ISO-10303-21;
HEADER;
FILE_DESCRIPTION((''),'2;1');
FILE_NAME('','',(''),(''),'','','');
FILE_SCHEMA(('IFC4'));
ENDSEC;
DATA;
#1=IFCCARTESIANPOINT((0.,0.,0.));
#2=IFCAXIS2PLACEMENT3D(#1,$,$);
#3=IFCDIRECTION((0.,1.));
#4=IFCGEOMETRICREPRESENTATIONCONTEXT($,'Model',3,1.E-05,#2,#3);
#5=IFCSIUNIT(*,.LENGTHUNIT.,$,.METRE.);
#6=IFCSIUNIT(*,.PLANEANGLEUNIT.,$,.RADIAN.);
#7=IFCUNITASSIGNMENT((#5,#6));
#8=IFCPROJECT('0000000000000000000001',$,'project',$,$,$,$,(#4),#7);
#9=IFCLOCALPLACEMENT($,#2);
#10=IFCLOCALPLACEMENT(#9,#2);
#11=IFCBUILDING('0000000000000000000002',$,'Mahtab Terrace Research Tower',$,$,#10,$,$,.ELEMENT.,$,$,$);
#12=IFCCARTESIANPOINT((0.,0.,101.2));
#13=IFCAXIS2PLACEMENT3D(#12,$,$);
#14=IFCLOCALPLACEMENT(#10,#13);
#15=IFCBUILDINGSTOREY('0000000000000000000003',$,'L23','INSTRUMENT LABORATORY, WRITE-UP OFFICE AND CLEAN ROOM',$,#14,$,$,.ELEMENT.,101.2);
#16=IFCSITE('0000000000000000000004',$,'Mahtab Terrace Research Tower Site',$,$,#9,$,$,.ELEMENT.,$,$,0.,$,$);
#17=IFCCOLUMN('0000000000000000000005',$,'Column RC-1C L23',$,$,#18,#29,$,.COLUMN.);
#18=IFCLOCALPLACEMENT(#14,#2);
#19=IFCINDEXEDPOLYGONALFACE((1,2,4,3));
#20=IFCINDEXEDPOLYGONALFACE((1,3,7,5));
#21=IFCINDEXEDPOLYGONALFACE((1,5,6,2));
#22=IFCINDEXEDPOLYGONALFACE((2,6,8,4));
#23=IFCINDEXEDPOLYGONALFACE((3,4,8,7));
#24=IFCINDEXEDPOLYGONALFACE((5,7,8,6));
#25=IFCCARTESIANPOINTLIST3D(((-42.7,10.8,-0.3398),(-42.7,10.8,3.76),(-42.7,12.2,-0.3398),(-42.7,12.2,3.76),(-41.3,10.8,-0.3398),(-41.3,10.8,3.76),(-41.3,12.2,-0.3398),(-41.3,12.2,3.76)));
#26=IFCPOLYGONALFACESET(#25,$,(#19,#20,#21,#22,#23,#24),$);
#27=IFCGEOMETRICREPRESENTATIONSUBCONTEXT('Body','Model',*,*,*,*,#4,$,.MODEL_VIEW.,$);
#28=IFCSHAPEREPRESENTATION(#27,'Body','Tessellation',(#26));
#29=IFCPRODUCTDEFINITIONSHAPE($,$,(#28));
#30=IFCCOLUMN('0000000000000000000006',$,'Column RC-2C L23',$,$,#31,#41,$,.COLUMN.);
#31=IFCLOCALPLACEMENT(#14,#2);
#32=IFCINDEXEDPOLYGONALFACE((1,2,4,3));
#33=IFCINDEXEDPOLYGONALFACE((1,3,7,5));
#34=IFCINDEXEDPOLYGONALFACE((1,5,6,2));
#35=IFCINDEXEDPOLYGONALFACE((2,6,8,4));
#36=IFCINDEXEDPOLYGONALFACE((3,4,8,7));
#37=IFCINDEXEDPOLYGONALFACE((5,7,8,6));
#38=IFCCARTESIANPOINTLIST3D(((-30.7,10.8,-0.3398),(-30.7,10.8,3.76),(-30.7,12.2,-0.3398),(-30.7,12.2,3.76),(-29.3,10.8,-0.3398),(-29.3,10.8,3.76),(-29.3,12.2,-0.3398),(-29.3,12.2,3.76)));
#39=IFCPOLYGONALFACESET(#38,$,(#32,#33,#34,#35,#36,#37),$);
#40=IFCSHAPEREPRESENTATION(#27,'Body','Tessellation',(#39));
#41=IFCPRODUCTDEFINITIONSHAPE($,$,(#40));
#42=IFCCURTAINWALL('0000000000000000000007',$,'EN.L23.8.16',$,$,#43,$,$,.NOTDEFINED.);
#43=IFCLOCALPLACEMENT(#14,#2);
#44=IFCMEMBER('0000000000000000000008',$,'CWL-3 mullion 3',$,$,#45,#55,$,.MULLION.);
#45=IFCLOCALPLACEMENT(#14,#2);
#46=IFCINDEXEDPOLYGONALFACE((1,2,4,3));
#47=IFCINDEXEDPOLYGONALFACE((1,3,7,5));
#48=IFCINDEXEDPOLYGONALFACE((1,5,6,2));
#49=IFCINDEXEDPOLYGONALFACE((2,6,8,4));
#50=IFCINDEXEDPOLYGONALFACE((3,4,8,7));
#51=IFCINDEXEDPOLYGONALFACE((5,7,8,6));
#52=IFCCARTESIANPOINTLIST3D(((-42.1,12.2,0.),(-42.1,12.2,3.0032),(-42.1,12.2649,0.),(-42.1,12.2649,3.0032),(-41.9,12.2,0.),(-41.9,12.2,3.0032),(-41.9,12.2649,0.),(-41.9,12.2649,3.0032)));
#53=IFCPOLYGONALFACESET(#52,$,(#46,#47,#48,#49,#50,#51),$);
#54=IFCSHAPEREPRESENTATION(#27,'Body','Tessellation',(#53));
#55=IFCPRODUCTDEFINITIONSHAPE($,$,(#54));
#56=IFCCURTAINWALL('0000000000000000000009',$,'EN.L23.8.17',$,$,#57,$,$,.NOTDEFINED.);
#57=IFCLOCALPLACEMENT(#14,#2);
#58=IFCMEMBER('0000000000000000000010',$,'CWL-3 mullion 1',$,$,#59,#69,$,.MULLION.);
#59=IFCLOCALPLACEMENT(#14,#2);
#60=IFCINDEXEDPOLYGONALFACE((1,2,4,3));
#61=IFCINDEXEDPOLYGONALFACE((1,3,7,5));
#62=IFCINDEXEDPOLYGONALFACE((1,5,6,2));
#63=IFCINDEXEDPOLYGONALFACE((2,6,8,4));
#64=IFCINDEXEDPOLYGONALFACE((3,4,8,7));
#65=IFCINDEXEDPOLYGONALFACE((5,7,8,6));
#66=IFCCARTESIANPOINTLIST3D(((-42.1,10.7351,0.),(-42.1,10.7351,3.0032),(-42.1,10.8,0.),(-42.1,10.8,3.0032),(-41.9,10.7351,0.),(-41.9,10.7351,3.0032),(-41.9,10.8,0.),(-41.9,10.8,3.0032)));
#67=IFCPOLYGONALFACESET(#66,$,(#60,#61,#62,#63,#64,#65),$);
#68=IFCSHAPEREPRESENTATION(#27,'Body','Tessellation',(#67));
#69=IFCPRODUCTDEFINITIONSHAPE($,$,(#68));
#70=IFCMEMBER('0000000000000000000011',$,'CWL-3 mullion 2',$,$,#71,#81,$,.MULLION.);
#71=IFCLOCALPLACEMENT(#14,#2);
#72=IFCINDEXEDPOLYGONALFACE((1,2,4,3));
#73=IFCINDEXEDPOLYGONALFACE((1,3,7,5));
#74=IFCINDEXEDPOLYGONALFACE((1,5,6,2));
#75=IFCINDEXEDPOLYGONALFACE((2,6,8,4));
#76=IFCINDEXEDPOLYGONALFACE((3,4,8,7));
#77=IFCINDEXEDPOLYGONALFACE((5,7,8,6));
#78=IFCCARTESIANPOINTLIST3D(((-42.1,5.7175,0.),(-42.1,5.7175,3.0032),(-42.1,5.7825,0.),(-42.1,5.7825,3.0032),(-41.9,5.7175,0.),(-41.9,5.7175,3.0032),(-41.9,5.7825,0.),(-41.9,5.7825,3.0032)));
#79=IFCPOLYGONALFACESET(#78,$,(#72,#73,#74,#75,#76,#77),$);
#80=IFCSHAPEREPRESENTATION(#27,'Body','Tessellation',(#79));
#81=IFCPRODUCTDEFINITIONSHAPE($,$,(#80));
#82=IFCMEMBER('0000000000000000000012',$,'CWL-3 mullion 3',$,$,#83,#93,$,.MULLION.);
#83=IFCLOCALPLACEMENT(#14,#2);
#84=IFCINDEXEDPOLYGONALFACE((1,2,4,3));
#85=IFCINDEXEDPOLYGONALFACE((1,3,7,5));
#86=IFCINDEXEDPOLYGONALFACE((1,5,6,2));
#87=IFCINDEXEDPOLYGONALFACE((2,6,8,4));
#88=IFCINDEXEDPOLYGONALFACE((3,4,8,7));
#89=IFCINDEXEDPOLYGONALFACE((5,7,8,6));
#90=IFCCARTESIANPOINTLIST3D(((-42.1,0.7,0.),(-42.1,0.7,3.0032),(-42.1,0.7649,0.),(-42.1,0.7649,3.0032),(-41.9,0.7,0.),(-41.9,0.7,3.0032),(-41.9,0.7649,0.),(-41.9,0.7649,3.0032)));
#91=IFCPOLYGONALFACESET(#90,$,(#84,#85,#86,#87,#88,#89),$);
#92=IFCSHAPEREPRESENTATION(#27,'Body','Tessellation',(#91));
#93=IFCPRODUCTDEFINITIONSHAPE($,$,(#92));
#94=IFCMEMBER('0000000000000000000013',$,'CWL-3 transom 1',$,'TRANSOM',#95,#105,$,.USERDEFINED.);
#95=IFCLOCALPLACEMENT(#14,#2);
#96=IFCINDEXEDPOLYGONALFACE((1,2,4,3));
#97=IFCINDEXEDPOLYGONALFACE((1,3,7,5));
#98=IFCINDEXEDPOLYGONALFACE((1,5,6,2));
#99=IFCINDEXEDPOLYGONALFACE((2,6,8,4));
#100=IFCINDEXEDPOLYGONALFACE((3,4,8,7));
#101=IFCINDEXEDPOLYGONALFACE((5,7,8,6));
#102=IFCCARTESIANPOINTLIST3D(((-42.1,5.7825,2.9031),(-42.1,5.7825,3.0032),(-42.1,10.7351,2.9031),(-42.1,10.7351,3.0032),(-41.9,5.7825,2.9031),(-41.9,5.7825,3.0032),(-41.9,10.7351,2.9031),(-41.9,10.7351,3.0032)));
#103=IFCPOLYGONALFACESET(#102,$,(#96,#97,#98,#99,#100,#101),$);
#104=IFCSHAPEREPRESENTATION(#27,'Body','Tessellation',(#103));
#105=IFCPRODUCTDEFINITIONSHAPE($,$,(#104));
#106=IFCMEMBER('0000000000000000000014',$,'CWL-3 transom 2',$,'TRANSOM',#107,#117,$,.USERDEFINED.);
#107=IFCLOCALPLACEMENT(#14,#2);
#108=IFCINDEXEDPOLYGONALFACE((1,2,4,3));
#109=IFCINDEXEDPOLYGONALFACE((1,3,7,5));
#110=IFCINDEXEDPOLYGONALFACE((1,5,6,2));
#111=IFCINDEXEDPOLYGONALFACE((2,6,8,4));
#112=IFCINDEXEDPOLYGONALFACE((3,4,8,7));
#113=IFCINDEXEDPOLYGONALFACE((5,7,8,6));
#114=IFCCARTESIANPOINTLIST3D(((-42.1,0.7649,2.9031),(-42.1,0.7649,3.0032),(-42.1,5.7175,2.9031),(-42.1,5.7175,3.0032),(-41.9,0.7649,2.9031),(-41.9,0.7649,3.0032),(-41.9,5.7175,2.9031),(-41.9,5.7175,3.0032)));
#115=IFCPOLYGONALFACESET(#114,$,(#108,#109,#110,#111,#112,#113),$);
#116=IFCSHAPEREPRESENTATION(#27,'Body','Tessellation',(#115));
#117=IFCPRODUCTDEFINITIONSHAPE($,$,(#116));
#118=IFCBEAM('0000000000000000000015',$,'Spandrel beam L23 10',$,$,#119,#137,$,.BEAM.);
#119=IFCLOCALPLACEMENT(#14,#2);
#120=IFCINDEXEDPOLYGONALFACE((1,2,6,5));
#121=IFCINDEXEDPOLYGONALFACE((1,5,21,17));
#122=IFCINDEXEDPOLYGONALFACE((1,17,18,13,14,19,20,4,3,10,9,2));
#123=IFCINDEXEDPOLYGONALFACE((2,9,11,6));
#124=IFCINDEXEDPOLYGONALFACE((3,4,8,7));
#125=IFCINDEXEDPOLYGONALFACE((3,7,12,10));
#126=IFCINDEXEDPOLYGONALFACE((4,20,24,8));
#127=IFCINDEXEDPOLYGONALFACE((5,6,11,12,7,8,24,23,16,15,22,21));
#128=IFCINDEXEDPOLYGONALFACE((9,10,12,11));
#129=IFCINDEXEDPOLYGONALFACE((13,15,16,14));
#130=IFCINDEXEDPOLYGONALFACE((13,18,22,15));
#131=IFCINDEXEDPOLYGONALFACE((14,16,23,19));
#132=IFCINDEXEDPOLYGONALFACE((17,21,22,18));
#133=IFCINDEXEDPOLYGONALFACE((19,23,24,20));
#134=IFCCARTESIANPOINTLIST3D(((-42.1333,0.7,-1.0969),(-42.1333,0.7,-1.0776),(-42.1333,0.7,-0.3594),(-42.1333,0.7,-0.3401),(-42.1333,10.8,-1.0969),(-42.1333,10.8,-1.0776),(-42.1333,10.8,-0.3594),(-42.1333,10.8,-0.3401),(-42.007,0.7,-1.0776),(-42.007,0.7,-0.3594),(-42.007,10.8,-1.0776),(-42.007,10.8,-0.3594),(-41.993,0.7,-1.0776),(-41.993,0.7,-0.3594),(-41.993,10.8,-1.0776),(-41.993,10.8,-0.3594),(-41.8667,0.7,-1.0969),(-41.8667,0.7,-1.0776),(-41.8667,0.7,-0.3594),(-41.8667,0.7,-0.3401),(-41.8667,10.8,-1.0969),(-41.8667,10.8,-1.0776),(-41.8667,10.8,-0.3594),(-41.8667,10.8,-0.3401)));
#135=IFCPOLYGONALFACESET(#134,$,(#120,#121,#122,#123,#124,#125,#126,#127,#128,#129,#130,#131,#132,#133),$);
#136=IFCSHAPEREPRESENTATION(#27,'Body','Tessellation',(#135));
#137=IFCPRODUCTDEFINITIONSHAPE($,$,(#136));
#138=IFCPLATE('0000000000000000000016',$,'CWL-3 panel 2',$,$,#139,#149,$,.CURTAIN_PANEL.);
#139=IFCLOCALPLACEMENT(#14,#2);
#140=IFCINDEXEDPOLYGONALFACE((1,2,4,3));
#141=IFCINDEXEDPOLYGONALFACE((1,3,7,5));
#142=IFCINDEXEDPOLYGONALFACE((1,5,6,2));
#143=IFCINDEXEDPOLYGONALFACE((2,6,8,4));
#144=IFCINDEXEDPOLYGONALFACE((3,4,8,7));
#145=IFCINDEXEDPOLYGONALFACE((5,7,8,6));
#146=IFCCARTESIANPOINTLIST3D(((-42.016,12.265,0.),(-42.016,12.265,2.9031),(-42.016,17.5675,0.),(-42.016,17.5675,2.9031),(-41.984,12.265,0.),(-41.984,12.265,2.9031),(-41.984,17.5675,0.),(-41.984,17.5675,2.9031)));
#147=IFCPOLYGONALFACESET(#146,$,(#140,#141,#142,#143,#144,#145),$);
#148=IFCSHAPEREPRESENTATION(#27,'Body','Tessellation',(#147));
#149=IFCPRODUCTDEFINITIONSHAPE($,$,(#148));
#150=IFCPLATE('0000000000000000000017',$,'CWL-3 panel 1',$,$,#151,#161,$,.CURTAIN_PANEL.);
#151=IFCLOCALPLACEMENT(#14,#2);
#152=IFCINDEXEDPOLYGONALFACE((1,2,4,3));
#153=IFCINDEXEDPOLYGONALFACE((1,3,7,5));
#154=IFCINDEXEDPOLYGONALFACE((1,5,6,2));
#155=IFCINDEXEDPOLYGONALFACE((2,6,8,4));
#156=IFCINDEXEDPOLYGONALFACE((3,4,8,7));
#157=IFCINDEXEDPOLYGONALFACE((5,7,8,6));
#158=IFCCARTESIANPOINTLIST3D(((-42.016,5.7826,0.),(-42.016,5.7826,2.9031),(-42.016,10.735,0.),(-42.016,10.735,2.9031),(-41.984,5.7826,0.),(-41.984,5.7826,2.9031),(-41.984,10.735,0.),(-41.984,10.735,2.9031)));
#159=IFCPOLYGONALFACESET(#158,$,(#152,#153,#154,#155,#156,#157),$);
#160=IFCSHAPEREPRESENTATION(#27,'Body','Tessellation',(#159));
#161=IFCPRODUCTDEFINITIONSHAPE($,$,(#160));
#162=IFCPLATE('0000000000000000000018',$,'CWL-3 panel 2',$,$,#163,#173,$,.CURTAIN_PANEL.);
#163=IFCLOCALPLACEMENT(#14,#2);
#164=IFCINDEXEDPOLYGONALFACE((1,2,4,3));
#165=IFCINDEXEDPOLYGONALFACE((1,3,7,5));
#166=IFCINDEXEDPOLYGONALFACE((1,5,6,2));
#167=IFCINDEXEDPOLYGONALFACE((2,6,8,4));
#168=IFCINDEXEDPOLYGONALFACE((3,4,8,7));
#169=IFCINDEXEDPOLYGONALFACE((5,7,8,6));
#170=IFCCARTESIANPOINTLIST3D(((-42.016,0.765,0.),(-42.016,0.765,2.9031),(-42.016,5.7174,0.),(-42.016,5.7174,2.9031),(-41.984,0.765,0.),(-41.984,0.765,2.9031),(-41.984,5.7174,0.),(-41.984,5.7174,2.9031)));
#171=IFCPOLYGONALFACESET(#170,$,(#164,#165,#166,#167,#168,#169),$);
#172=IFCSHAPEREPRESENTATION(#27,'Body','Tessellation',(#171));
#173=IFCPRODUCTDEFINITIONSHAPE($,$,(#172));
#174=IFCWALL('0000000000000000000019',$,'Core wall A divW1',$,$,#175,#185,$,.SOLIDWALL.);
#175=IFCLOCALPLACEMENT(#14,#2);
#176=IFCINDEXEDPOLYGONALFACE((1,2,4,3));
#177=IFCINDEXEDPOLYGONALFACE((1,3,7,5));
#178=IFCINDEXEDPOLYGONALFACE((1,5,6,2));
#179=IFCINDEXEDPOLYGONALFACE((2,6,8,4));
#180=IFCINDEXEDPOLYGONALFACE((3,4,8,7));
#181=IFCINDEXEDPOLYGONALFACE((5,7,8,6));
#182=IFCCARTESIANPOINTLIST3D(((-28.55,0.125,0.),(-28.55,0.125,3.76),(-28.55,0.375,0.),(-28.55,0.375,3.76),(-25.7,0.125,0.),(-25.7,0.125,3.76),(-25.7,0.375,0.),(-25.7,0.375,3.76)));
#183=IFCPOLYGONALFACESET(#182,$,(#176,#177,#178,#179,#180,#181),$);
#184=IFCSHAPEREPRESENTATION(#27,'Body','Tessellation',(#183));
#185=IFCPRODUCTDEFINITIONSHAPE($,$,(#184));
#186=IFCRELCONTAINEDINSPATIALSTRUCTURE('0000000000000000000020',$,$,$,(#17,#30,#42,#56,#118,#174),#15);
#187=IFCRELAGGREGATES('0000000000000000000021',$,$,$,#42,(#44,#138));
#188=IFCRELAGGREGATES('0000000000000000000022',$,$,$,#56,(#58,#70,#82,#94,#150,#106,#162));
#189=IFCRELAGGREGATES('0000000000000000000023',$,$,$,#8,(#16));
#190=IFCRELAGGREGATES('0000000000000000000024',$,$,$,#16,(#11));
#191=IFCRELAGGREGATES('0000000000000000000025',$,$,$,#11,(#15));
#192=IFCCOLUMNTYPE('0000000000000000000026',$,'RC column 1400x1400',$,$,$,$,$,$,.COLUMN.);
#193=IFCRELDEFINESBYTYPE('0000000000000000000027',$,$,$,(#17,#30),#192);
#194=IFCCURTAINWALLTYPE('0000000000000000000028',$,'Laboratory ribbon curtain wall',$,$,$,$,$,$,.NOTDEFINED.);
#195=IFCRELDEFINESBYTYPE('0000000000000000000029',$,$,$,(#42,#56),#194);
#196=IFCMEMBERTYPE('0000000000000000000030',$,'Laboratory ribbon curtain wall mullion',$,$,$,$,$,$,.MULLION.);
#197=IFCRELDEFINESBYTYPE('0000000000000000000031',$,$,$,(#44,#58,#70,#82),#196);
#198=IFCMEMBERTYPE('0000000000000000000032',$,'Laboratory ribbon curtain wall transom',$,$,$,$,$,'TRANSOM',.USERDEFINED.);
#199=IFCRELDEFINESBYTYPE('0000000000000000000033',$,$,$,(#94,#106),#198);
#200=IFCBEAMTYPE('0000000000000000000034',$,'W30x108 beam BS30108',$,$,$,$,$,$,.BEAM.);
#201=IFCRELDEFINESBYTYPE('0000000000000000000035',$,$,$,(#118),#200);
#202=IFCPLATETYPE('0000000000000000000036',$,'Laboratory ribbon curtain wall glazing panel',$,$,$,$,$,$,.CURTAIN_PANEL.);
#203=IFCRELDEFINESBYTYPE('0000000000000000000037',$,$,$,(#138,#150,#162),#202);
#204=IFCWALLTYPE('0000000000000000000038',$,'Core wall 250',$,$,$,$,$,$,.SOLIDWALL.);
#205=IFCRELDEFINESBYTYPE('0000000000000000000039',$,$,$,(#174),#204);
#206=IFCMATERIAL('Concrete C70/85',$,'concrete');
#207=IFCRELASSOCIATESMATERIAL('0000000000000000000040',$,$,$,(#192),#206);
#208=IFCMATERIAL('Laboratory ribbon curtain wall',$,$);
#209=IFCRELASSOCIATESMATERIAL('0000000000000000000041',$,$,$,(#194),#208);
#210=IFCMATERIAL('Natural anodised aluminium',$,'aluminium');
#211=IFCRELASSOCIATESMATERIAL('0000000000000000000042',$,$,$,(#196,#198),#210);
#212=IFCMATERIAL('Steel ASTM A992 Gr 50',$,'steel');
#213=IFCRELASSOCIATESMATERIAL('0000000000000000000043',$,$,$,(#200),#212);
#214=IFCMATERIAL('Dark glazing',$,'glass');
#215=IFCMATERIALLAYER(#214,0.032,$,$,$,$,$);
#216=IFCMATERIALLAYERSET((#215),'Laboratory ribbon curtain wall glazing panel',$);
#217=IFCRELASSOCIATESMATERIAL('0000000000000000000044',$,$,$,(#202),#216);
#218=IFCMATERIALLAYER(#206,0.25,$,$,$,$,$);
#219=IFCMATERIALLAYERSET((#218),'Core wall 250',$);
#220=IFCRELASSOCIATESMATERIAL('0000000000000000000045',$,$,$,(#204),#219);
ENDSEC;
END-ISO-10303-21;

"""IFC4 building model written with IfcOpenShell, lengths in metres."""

from ifc_helpers import new_model, si_unit, direction, frame, frame_2d, origin, origin_2d, place, context, subcontext, project, spatial, rectangle, i_section, extrude, material, layer, layer_set, material_profile, profile_set, type_object, element, aggregate, save


model = new_model("IFC4")

# Units and contexts
model_context = context("Model", 3, precision=1e-05, world=origin(), true_north=direction((0.0, 1.0)))
body_context = subcontext(model_context, "Body", "Model", "MODEL_VIEW")
ifc_project = project(units=[si_unit("LENGTHUNIT", "METRE"), si_unit("PLANEANGLEUNIT", "RADIAN")], contexts=[model_context])

# Site, building, storey
site_placement = place(None, origin())
site = spatial("IfcSite", under=ifc_project, at=site_placement, Name="Mahtab Terrace Research Tower Site", CompositionType="ELEMENT", RefElevation=0.0)
building_placement = place(site_placement, origin())
building = spatial("IfcBuilding", under=site, at=building_placement, Name="Mahtab Terrace Research Tower", CompositionType="ELEMENT")
storey_placement = place(building_placement, frame((0.0, 0.0, 101.2)))
storey = spatial("IfcBuildingStorey", under=building, at=storey_placement, Name="L23", Description="INSTRUMENT LABORATORY, WRITE-UP OFFICE AND CLEAN ROOM", CompositionType="ELEMENT", Elevation=101.2)

# Columns
ifc_material_1 = material(Name="Concrete C70/85", Category="concrete")
ifc_material_profile_1 = material_profile(ifc_material_1, rectangle(XDim=1.3999, YDim=1.3999, at=origin_2d()), Name="RC column 1400x1400")
ifc_profile_set_1 = profile_set([ifc_material_profile_1], Name="Concrete C70/85")
column_type = type_object("IfcColumnType", Name="RC column 1400x1400", PredefinedType="COLUMN", material=ifc_profile_set_1)
for number, where, z_axis, x_axis, name in (
    (1, (-42.0, 11.5, -0.3398), (0.0, 0.0, 1.0), (1.0, 0.0, 0.0), "Column RC-1C L23"),
    (2, (-30.0, 11.5, -0.3398), (0.0, 0.0, 1.0), (1.0, 0.0, 0.0), "Column RC-2C L23"),
):
    element("IfcColumn", number, at=place(storey_placement, frame(where, z_axis=z_axis, x_axis=x_axis)), inside=storey, type_object=column_type, Name=name, PredefinedType="COLUMN", context=body_context, shape_type="SweptSolid", body=[
        extrude(rectangle(XDim=1.3999, YDim=1.3999, at=origin_2d()), origin(), (0.0, 0.0, 1.0), 4.0999),
    ])

# Curtain wall, member
ifc_material_2 = material(Name="Laboratory ribbon curtain wall")
curtain_wall_type = type_object("IfcCurtainWallType", Name="Laboratory ribbon curtain wall", PredefinedType="NOTDEFINED", material=ifc_material_2)
curtain_wall_1_placement = place(storey_placement, origin())
curtain_wall_1 = element("IfcCurtainWall", 3, at=curtain_wall_1_placement, inside=storey, type_object=curtain_wall_type, Name="EN.L23.8.16", PredefinedType="NOTDEFINED")
ifc_material_3 = material(Name="Natural anodised aluminium", Category="aluminium")
ifc_material_profile_2 = material_profile(ifc_material_3, rectangle(XDim=0.2, YDim=0.0649, at=origin_2d()), Name="MULLION 65x200")
ifc_profile_set_2 = profile_set([ifc_material_profile_2], Name="Natural anodised aluminium")
member_type_1 = type_object("IfcMemberType", Name="Laboratory ribbon curtain wall mullion", PredefinedType="MULLION", material=ifc_profile_set_2)
member_1_placement = place(storey_placement, frame((-42.0, 12.2324, 0.0), z_axis=(0.0, 0.0, 1.0), x_axis=(1.0, 0.0, 0.0)))
member_1 = element("IfcMember", 4, at=member_1_placement, type_object=member_type_1, Name="CWL-3 mullion 3", PredefinedType="MULLION", context=body_context, shape_type="SweptSolid", body=[
    extrude(rectangle(XDim=0.2, YDim=0.0649, at=origin_2d()), origin(), (0.0, 0.0, 1.0), 3.0032),
])

# Curtain wall, members
curtain_wall_2_placement = place(storey_placement, origin())
curtain_wall_2 = element("IfcCurtainWall", 5, at=curtain_wall_2_placement, inside=storey, type_object=curtain_wall_type, Name="EN.L23.8.17", PredefinedType="NOTDEFINED")
member_2_placement = place(storey_placement, frame((-42.0, 10.7676, 0.0), z_axis=(0.0, 0.0, 1.0), x_axis=(1.0, 0.0, 0.0)))
member_2 = element("IfcMember", 6, at=member_2_placement, type_object=member_type_1, Name="CWL-3 mullion 1", PredefinedType="MULLION", context=body_context, shape_type="SweptSolid", body=[
    extrude(rectangle(XDim=0.2, YDim=0.0649, at=origin_2d()), origin(), (0.0, 0.0, 1.0), 3.0032),
])
member_3_placement = place(storey_placement, frame((-42.0, 5.75, 0.0), z_axis=(0.0, 0.0, 1.0), x_axis=(1.0, 0.0, 0.0)))
member_3 = element("IfcMember", 7, at=member_3_placement, type_object=member_type_1, Name="CWL-3 mullion 2", PredefinedType="MULLION", context=body_context, shape_type="SweptSolid", body=[
    extrude(rectangle(XDim=0.2, YDim=0.0649, at=origin_2d()), origin(), (0.0, 0.0, 1.0), 3.0032),
])
member_4_placement = place(storey_placement, frame((-42.0, 0.7324, 0.0), z_axis=(0.0, 0.0, 1.0), x_axis=(1.0, 0.0, 0.0)))
member_4 = element("IfcMember", 8, at=member_4_placement, type_object=member_type_1, Name="CWL-3 mullion 3", PredefinedType="MULLION", context=body_context, shape_type="SweptSolid", body=[
    extrude(rectangle(XDim=0.2, YDim=0.0649, at=origin_2d()), origin(), (0.0, 0.0, 1.0), 3.0032),
])
ifc_material_profile_3 = material_profile(ifc_material_3, rectangle(XDim=0.2, YDim=0.1001, at=origin_2d()), Name="TRANSOM 100x200")
ifc_profile_set_3 = profile_set([ifc_material_profile_3], Name="Natural anodised aluminium")
member_type_2 = type_object("IfcMemberType", Name="Laboratory ribbon curtain wall transom", ElementType="TRANSOM", PredefinedType="USERDEFINED", material=ifc_profile_set_3)
member_5_placement = place(storey_placement, frame((-42.0, 10.7351, 2.9531), z_axis=(0.0, -1.0, 0.0), x_axis=(1.0, 0.0, 0.0)))
member_5 = element("IfcMember", 9, at=member_5_placement, type_object=member_type_2, Name="CWL-3 transom 1", ObjectType="TRANSOM", PredefinedType="USERDEFINED", context=body_context, shape_type="SweptSolid", body=[
    extrude(rectangle(XDim=0.2, YDim=0.1001, at=origin_2d()), origin(), (0.0, 0.0, 1.0), 4.9526),
])
member_6_placement = place(storey_placement, frame((-42.0, 5.7175, 2.9531), z_axis=(0.0, -1.0, 0.0), x_axis=(1.0, 0.0, 0.0)))
member_6 = element("IfcMember", 10, at=member_6_placement, type_object=member_type_2, Name="CWL-3 transom 2", ObjectType="TRANSOM", PredefinedType="USERDEFINED", context=body_context, shape_type="SweptSolid", body=[
    extrude(rectangle(XDim=0.2, YDim=0.1001, at=origin_2d()), origin(), (0.0, 0.0, 1.0), 4.9526),
])

# Beam
ifc_material_4 = material(Name="Steel ASTM A992 Gr 50", Category="steel")
ifc_material_profile_4 = material_profile(ifc_material_4, i_section(OverallWidth=0.2666, OverallDepth=0.7568, WebThickness=0.0139, FlangeThickness=0.0193, at=origin_2d()), Name="W30X108")
ifc_profile_set_4 = profile_set([ifc_material_profile_4], Name="Steel ASTM A992 Gr 50")
beam_type = type_object("IfcBeamType", Name="W30x108 beam BS30108", PredefinedType="BEAM", material=ifc_profile_set_4)
beam_placement = place(storey_placement, frame((-42.0, 10.8, -0.7185), z_axis=(0.0, -1.0, 0.0), x_axis=(1.0, 0.0, 0.0)))
element("IfcBeam", 11, at=beam_placement, inside=storey, type_object=beam_type, Name="Spandrel beam L23 10", PredefinedType="BEAM", context=body_context, shape_type="SweptSolid", body=[
    extrude(i_section(OverallWidth=0.2666, OverallDepth=0.7568, WebThickness=0.0139, FlangeThickness=0.0193, at=origin_2d()), origin(), (0.0, 0.0, 1.0), 10.1001),
])

# Plates
ifc_material_5 = material(Name="Dark glazing", Category="glass")
ifc_layer_1 = layer(ifc_material_5, 0.032)
ifc_layer_set_1 = layer_set([ifc_layer_1], Name="Laboratory ribbon curtain wall glazing panel")
plate_type = type_object("IfcPlateType", Name="Laboratory ribbon curtain wall glazing panel", PredefinedType="CURTAIN_PANEL", material=ifc_layer_set_1)
plate_1_placement = place(storey_placement, frame((-42.0, 14.9163, 0.0), z_axis=(0.0, 0.0, 1.0), x_axis=(0.0, -1.0, 0.0)))
plate_1 = element("IfcPlate", 12, at=plate_1_placement, type_object=plate_type, Name="CWL-3 panel 2", PredefinedType="CURTAIN_PANEL", context=body_context, shape_type="SweptSolid", body=[
    extrude(rectangle(XDim=5.3025, YDim=0.032, at=origin_2d()), origin(), (0.0, 0.0, 1.0), 2.9031),
])
aggregate(curtain_wall_1, [member_1, plate_1])
plate_2_placement = place(storey_placement, frame((-42.0, 8.2588, 0.0), z_axis=(0.0, 0.0, 1.0), x_axis=(0.0, -1.0, 0.0)))
plate_2 = element("IfcPlate", 13, at=plate_2_placement, type_object=plate_type, Name="CWL-3 panel 1", PredefinedType="CURTAIN_PANEL", context=body_context, shape_type="SweptSolid", body=[
    extrude(rectangle(XDim=4.9524, YDim=0.032, at=origin_2d()), origin(), (0.0, 0.0, 1.0), 2.9031),
])
plate_3_placement = place(storey_placement, frame((-42.0, 3.2412, 0.0), z_axis=(0.0, 0.0, 1.0), x_axis=(0.0, -1.0, 0.0)))
plate_3 = element("IfcPlate", 14, at=plate_3_placement, type_object=plate_type, Name="CWL-3 panel 2", PredefinedType="CURTAIN_PANEL", context=body_context, shape_type="SweptSolid", body=[
    extrude(rectangle(XDim=4.9524, YDim=0.032, at=origin_2d()), origin(), (0.0, 0.0, 1.0), 2.9031),
])
aggregate(curtain_wall_2, [member_2, member_3, member_4, member_5, plate_2, member_6, plate_3])

# Wall
ifc_layer_2 = layer(ifc_material_1, 0.25)
ifc_layer_set_2 = layer_set([ifc_layer_2], Name="Core wall 250")
wall_type_1 = type_object("IfcWallType", Name="Core wall 250", PredefinedType="SOLIDWALL", material=ifc_layer_set_2)
for number, where, z_axis, x_axis, name in (
    (15, (-28.55, 0.25, 0.0), (0.0, 0.0, 1.0), (1.0, 0.0, 0.0), "Core wall A divW1"),
):
    element("IfcWall", number, at=place(storey_placement, frame(where, z_axis=z_axis, x_axis=x_axis)), inside=storey, type_object=wall_type_1, Name=name, PredefinedType="SOLIDWALL", context=body_context, shape_type="SweptSolid", body=[
        extrude(rectangle(XDim=2.8501, YDim=0.25, at=frame_2d((1.425, 0.0))), origin(), (0.0, 0.0, 1.0), 3.76),
    ])

save(model, "model.ifc")
